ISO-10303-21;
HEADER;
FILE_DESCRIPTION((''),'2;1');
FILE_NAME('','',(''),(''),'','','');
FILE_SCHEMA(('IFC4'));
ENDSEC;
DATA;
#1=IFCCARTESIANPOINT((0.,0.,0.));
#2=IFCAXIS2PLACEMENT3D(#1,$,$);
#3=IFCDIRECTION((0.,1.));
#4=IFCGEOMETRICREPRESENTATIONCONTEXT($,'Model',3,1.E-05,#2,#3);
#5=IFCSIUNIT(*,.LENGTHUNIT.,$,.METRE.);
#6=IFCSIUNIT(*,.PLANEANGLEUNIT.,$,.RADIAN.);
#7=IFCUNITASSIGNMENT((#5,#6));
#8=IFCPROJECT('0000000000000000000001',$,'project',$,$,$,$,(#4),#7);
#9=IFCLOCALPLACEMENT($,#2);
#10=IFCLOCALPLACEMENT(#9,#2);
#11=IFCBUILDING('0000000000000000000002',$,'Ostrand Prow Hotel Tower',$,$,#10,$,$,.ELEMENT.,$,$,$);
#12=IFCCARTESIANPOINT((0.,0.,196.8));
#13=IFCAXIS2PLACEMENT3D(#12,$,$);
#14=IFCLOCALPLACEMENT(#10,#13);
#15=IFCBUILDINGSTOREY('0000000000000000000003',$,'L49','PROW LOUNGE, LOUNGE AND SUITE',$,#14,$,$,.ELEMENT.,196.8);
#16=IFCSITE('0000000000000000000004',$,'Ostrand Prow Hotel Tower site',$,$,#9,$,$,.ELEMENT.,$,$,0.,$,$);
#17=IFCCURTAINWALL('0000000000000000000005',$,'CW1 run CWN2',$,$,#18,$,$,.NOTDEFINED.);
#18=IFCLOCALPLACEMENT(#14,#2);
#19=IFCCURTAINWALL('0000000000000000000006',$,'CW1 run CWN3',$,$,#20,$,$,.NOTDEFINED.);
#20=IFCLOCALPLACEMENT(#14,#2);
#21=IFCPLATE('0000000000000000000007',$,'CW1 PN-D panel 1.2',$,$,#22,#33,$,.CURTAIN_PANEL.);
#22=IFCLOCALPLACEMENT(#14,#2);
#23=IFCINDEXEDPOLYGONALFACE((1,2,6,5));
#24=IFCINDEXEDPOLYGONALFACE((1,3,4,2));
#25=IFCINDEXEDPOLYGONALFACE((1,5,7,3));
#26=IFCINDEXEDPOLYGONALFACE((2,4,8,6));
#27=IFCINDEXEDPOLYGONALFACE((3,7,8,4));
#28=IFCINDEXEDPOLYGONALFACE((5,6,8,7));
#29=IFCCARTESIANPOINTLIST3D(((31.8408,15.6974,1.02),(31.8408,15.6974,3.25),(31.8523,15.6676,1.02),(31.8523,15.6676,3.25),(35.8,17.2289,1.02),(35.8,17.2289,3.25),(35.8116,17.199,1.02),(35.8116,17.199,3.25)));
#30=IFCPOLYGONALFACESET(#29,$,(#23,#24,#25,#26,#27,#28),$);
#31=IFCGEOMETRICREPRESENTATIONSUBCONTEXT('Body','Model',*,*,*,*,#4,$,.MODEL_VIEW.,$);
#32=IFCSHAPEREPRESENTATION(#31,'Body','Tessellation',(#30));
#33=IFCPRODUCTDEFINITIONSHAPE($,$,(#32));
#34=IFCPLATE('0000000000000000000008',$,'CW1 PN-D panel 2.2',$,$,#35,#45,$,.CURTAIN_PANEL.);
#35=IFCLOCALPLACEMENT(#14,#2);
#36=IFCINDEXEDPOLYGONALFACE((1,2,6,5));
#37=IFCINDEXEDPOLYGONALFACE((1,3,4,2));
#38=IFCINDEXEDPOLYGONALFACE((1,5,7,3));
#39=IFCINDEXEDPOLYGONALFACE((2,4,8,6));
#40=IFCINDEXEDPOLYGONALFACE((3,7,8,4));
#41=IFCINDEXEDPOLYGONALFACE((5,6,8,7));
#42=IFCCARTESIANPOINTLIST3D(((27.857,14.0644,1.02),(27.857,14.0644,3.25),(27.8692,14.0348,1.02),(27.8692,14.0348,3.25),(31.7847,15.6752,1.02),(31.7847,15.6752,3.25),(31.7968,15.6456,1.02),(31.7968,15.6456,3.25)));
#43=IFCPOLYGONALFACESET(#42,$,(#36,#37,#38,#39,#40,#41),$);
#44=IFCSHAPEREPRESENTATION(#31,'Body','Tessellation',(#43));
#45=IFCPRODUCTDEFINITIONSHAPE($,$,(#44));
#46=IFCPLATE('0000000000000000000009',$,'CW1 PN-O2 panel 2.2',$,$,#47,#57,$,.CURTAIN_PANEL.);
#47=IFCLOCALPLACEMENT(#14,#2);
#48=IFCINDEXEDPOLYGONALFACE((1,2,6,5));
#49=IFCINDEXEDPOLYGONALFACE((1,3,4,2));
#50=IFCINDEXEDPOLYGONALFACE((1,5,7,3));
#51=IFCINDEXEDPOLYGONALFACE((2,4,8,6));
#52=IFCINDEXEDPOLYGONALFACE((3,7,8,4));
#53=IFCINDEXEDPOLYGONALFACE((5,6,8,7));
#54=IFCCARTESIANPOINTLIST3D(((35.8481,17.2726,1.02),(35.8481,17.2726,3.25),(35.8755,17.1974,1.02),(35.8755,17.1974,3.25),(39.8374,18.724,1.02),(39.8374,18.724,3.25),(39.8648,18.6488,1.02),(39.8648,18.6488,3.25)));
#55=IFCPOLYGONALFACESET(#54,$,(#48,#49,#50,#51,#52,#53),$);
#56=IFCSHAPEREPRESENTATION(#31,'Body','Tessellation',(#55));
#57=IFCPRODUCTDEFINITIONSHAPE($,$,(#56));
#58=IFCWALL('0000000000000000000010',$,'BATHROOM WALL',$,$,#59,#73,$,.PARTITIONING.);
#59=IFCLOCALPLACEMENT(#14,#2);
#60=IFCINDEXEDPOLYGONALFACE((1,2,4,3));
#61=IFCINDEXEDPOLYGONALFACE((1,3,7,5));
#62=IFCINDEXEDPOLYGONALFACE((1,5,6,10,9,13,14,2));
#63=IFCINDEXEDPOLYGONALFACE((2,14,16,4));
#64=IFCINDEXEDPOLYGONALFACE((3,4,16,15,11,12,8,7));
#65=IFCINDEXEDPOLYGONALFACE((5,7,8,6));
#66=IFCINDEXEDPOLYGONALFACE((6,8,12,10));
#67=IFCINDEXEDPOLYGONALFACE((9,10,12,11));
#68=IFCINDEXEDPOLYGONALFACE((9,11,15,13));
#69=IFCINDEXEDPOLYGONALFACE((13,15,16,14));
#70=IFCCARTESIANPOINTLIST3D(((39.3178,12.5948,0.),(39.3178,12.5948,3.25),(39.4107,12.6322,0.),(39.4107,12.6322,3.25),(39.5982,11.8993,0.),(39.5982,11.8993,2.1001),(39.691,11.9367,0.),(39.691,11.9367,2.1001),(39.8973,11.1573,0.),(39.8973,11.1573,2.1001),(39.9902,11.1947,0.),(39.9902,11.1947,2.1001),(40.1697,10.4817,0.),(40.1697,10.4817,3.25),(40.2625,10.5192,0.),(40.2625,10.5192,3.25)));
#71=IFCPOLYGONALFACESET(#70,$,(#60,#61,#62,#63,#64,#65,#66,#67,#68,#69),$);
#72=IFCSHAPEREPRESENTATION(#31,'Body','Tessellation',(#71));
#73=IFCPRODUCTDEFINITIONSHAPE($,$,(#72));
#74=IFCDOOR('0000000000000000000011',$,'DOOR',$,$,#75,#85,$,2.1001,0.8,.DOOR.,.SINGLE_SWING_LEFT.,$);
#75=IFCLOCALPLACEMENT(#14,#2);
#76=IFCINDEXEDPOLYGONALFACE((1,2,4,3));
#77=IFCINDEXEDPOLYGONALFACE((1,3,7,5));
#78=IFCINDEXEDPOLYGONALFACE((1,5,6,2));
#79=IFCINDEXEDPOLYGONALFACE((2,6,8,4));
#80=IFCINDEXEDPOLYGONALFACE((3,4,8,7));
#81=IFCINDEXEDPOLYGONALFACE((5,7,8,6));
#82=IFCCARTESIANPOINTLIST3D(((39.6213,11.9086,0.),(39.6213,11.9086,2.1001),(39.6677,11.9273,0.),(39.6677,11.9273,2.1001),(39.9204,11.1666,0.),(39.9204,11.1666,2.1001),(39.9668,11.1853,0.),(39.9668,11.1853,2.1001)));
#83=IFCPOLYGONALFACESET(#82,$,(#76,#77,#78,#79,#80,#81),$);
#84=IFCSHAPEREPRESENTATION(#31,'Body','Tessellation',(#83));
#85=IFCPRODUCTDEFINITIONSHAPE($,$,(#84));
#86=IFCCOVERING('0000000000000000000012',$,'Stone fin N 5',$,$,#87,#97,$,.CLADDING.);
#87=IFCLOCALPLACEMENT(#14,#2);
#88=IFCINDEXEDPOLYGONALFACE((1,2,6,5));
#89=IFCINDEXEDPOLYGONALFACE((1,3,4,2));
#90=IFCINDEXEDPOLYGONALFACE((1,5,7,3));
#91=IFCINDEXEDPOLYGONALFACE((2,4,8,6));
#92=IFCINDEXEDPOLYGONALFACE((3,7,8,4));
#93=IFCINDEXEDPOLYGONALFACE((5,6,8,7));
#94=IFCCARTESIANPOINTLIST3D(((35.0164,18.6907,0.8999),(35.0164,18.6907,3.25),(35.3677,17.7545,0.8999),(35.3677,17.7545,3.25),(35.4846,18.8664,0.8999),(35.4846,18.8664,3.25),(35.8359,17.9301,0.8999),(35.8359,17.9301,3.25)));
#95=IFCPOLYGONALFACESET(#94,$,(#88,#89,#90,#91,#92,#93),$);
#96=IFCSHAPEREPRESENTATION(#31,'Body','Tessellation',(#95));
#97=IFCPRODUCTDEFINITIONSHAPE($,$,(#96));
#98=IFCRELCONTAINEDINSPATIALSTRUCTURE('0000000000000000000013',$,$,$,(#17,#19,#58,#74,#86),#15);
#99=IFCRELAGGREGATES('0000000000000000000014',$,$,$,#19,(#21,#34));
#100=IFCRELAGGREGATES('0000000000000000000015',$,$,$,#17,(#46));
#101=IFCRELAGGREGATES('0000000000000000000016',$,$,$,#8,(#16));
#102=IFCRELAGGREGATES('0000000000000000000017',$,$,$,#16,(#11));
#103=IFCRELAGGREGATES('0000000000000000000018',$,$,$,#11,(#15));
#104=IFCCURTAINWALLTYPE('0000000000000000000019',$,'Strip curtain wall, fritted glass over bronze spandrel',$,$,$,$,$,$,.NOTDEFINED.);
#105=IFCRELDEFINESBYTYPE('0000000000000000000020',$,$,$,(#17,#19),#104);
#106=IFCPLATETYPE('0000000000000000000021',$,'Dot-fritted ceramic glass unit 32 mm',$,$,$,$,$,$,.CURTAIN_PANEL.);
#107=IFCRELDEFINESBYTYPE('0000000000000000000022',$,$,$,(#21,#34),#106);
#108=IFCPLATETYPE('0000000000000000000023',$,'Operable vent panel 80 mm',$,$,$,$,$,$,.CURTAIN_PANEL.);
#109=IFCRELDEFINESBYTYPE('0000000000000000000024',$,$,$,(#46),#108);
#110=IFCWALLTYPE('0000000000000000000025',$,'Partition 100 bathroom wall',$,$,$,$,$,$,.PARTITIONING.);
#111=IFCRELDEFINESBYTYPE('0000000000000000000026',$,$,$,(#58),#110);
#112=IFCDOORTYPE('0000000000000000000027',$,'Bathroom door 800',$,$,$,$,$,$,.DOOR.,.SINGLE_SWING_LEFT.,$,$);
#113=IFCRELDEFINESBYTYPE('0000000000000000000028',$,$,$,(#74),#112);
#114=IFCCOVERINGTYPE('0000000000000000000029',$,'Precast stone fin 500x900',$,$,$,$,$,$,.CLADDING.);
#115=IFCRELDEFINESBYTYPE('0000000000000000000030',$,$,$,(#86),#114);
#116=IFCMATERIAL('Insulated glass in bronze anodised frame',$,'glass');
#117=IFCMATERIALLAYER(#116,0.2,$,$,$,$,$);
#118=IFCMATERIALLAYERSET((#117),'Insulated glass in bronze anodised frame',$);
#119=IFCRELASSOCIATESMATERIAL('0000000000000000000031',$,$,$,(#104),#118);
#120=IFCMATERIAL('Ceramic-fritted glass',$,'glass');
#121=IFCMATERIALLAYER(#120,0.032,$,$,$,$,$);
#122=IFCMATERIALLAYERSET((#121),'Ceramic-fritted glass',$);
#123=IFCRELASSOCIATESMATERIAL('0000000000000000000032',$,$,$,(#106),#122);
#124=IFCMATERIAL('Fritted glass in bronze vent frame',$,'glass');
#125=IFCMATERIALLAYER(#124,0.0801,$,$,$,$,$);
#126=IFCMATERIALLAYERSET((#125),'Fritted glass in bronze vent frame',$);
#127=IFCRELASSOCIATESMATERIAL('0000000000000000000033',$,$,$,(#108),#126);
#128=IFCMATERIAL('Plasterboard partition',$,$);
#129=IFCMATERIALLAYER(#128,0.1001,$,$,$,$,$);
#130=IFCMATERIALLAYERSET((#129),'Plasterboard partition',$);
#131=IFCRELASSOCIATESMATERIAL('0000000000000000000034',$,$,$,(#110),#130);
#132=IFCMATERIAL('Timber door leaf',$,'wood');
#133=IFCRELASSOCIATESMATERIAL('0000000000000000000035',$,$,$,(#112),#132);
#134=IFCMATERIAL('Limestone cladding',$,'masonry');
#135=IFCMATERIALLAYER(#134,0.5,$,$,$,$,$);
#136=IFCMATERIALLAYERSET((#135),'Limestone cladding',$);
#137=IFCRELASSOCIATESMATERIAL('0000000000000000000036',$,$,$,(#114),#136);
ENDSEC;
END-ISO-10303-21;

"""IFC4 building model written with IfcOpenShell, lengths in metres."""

from ifc_helpers import new_model, si_unit, direction, frame, frame_2d, origin, origin_2d, place, context, subcontext, project, spatial, rectangle, extrude, material, layer, layer_set, type_object, element, fill, aggregate, save


model = new_model("IFC4")

# Units and contexts
model_context = context("Model", 3, precision=1e-05, world=origin(), true_north=direction((0.0, 1.0)))
body_context = subcontext(model_context, "Body", "Model", "MODEL_VIEW")
ifc_project = project(units=[si_unit("LENGTHUNIT", "METRE"), si_unit("PLANEANGLEUNIT", "RADIAN")], contexts=[model_context])

# Site, building, storey
site_placement = place(None, origin())
site = spatial("IfcSite", under=ifc_project, at=site_placement, Name="Ostrand Prow Hotel Tower site", CompositionType="ELEMENT", RefElevation=0.0)
building_placement = place(site_placement, origin())
building = spatial("IfcBuilding", under=site, at=building_placement, Name="Ostrand Prow Hotel Tower", CompositionType="ELEMENT")
storey_placement = place(building_placement, frame((0.0, 0.0, 196.8)))
storey = spatial("IfcBuildingStorey", under=building, at=storey_placement, Name="L49", Description="PROW LOUNGE, LOUNGE AND SUITE", CompositionType="ELEMENT", Elevation=196.8)

# Curtain walls
ifc_material_1 = material(Name="Insulated glass in bronze anodised frame", Category="glass")
ifc_layer_1 = layer(ifc_material_1, 0.2)
ifc_layer_set_1 = layer_set([ifc_layer_1], Name="Insulated glass in bronze anodised frame")
curtain_wall_type = type_object("IfcCurtainWallType", Name="Strip curtain wall, fritted glass over bronze spandrel", PredefinedType="NOTDEFINED", material=ifc_layer_set_1)
curtain_wall_1_placement = place(storey_placement, origin())
curtain_wall_1 = element("IfcCurtainWall", 1, at=curtain_wall_1_placement, inside=storey, type_object=curtain_wall_type, Name="CW1 run CWN2", PredefinedType="NOTDEFINED")
curtain_wall_2_placement = place(storey_placement, origin())
curtain_wall_2 = element("IfcCurtainWall", 2, at=curtain_wall_2_placement, inside=storey, type_object=curtain_wall_type, Name="CW1 run CWN3", PredefinedType="NOTDEFINED")

# Plates
ifc_material_2 = material(Name="Ceramic-fritted glass", Category="glass")
ifc_layer_2 = layer(ifc_material_2, 0.032)
ifc_layer_set_2 = layer_set([ifc_layer_2], Name="Ceramic-fritted glass")
plate_type_1 = type_object("IfcPlateType", Name="Dot-fritted ceramic glass unit 32 mm", PredefinedType="CURTAIN_PANEL", material=ifc_layer_set_2)
plate_1_placement = place(storey_placement, frame((33.8262, 16.4482, 1.02), z_axis=(0.0, 0.0, 1.0), x_axis=(-0.932663, -0.360749, 0.0)))
plate_1 = element("IfcPlate", 3, at=plate_1_placement, type_object=plate_type_1, Name="CW1 PN-D panel 1.2", PredefinedType="CURTAIN_PANEL", context=body_context, shape_type="SweptSolid", body=[
    extrude(rectangle(XDim=4.2451, YDim=0.032, at=origin_2d()), origin(), (0.0, 0.0, 1.0), 2.23),
])
plate_2_placement = place(storey_placement, frame((29.8269, 14.855, 1.02), z_axis=(0.0, 0.0, 1.0), x_axis=(-0.925211, -0.379453, 0.0)))
plate_2 = element("IfcPlate", 4, at=plate_2_placement, type_object=plate_type_1, Name="CW1 PN-D panel 2.2", PredefinedType="CURTAIN_PANEL", context=body_context, shape_type="SweptSolid", body=[
    extrude(rectangle(XDim=4.2451, YDim=0.032, at=origin_2d()), origin(), (0.0, 0.0, 1.0), 2.23),
])
aggregate(curtain_wall_2, [plate_1, plate_2])
ifc_material_3 = material(Name="Fritted glass in bronze vent frame", Category="glass")
ifc_layer_3 = layer(ifc_material_3, 0.0801)
ifc_layer_set_3 = layer_set([ifc_layer_3], Name="Fritted glass in bronze vent frame")
plate_type_2 = type_object("IfcPlateType", Name="Operable vent panel 80 mm", PredefinedType="CURTAIN_PANEL", material=ifc_layer_set_3)
plate_3_placement = place(storey_placement, frame((37.8564, 17.9607, 1.02), z_axis=(0.0, 0.0, 1.0), x_axis=(-0.939737, -0.341897, 0.0)))
plate_3 = element("IfcPlate", 5, at=plate_3_placement, type_object=plate_type_2, Name="CW1 PN-O2 panel 2.2", PredefinedType="CURTAIN_PANEL", context=body_context, shape_type="SweptSolid", body=[
    extrude(rectangle(XDim=4.2451, YDim=0.0801, at=origin_2d()), origin(), (0.0, 0.0, 1.0), 2.23),
])
aggregate(curtain_wall_1, [plate_3])

# Wall, opening, door
ifc_material_4 = material(Name="Plasterboard partition")
ifc_layer_4 = layer(ifc_material_4, 0.1001)
ifc_layer_set_4 = layer_set([ifc_layer_4], Name="Plasterboard partition")
wall_type = type_object("IfcWallType", Name="Partition 100 bathroom wall", PredefinedType="PARTITIONING", material=ifc_layer_set_4)
wall_placement = place(storey_placement, frame((39.3643, 12.6135, 0.0), z_axis=(0.0, 0.0, 1.0), x_axis=(0.373884, -0.927476, 0.0)))
wall = element("IfcWall", 6, at=wall_placement, inside=storey, type_object=wall_type, Name="BATHROOM WALL", PredefinedType="PARTITIONING", context=body_context, shape_type="SweptSolid", body=[
    extrude(rectangle(XDim=2.2783, YDim=0.1001, at=frame_2d((1.1392, 0.0))), origin(), (0.0, 0.0, 1.0), 3.25),
])
opening_placement = place(wall_placement, frame((0.75, 0.0, 0.0)))
opening = element("IfcOpeningElement", 7, at=opening_placement, cuts=wall, PredefinedType="OPENING", context=body_context, shape_type="SweptSolid", body=[
    extrude(rectangle(XDim=0.8, YDim=2.1001, at=frame_2d((0.3999, 1.05))), frame((0.0, 0.0601, 0.0), z_axis=(0.0, -1.0, 0.0), x_axis=(1.0, 0.0, 0.0)), (0.0, 0.0, 1.0), 0.1201),
])
ifc_material_5 = material(Name="Timber door leaf", Category="wood")
door_type = type_object("IfcDoorType", Name="Bathroom door 800", OperationType="SINGLE_SWING_LEFT", PredefinedType="DOOR", material=ifc_material_5)
door_placement = place(opening_placement, origin())
door = element("IfcDoor", 8, at=door_placement, inside=storey, type_object=door_type, Name="DOOR", OperationType="SINGLE_SWING_LEFT", OverallHeight=2.1001, OverallWidth=0.8, PredefinedType="DOOR", context=body_context, shape_type="SweptSolid", body=[
    extrude(rectangle(XDim=0.8, YDim=2.1001, at=frame_2d((0.3999, 1.05))), frame((0.0, 0.0249, 0.0), z_axis=(0.0, -1.0, 0.0), x_axis=(1.0, 0.0, 0.0)), (0.0, 0.0, 1.0), 0.05),
])
fill(opening, door)

# Covering
ifc_material_6 = material(Name="Limestone cladding", Category="masonry")
ifc_layer_5 = layer(ifc_material_6, 0.5)
ifc_layer_set_5 = layer_set([ifc_layer_5], Name="Limestone cladding")
covering_type = type_object("IfcCoveringType", Name="Precast stone fin 500x900", PredefinedType="CLADDING", material=ifc_layer_set_5)
covering_placement = place(storey_placement, frame((35.6018, 17.8423, 0.8999), z_axis=(0.0, 0.0, 1.0), x_axis=(-0.351311, 0.936259, 0.0)))
element("IfcCovering", 9, at=covering_placement, inside=storey, type_object=covering_type, Name="Stone fin N 5", PredefinedType="CLADDING", context=body_context, shape_type="SweptSolid", body=[
    extrude(rectangle(XDim=1.0, YDim=0.5, at=frame_2d((0.5, 0.0))), origin(), (0.0, 0.0, 1.0), 2.3501),
])

save(model, "model.ifc")
